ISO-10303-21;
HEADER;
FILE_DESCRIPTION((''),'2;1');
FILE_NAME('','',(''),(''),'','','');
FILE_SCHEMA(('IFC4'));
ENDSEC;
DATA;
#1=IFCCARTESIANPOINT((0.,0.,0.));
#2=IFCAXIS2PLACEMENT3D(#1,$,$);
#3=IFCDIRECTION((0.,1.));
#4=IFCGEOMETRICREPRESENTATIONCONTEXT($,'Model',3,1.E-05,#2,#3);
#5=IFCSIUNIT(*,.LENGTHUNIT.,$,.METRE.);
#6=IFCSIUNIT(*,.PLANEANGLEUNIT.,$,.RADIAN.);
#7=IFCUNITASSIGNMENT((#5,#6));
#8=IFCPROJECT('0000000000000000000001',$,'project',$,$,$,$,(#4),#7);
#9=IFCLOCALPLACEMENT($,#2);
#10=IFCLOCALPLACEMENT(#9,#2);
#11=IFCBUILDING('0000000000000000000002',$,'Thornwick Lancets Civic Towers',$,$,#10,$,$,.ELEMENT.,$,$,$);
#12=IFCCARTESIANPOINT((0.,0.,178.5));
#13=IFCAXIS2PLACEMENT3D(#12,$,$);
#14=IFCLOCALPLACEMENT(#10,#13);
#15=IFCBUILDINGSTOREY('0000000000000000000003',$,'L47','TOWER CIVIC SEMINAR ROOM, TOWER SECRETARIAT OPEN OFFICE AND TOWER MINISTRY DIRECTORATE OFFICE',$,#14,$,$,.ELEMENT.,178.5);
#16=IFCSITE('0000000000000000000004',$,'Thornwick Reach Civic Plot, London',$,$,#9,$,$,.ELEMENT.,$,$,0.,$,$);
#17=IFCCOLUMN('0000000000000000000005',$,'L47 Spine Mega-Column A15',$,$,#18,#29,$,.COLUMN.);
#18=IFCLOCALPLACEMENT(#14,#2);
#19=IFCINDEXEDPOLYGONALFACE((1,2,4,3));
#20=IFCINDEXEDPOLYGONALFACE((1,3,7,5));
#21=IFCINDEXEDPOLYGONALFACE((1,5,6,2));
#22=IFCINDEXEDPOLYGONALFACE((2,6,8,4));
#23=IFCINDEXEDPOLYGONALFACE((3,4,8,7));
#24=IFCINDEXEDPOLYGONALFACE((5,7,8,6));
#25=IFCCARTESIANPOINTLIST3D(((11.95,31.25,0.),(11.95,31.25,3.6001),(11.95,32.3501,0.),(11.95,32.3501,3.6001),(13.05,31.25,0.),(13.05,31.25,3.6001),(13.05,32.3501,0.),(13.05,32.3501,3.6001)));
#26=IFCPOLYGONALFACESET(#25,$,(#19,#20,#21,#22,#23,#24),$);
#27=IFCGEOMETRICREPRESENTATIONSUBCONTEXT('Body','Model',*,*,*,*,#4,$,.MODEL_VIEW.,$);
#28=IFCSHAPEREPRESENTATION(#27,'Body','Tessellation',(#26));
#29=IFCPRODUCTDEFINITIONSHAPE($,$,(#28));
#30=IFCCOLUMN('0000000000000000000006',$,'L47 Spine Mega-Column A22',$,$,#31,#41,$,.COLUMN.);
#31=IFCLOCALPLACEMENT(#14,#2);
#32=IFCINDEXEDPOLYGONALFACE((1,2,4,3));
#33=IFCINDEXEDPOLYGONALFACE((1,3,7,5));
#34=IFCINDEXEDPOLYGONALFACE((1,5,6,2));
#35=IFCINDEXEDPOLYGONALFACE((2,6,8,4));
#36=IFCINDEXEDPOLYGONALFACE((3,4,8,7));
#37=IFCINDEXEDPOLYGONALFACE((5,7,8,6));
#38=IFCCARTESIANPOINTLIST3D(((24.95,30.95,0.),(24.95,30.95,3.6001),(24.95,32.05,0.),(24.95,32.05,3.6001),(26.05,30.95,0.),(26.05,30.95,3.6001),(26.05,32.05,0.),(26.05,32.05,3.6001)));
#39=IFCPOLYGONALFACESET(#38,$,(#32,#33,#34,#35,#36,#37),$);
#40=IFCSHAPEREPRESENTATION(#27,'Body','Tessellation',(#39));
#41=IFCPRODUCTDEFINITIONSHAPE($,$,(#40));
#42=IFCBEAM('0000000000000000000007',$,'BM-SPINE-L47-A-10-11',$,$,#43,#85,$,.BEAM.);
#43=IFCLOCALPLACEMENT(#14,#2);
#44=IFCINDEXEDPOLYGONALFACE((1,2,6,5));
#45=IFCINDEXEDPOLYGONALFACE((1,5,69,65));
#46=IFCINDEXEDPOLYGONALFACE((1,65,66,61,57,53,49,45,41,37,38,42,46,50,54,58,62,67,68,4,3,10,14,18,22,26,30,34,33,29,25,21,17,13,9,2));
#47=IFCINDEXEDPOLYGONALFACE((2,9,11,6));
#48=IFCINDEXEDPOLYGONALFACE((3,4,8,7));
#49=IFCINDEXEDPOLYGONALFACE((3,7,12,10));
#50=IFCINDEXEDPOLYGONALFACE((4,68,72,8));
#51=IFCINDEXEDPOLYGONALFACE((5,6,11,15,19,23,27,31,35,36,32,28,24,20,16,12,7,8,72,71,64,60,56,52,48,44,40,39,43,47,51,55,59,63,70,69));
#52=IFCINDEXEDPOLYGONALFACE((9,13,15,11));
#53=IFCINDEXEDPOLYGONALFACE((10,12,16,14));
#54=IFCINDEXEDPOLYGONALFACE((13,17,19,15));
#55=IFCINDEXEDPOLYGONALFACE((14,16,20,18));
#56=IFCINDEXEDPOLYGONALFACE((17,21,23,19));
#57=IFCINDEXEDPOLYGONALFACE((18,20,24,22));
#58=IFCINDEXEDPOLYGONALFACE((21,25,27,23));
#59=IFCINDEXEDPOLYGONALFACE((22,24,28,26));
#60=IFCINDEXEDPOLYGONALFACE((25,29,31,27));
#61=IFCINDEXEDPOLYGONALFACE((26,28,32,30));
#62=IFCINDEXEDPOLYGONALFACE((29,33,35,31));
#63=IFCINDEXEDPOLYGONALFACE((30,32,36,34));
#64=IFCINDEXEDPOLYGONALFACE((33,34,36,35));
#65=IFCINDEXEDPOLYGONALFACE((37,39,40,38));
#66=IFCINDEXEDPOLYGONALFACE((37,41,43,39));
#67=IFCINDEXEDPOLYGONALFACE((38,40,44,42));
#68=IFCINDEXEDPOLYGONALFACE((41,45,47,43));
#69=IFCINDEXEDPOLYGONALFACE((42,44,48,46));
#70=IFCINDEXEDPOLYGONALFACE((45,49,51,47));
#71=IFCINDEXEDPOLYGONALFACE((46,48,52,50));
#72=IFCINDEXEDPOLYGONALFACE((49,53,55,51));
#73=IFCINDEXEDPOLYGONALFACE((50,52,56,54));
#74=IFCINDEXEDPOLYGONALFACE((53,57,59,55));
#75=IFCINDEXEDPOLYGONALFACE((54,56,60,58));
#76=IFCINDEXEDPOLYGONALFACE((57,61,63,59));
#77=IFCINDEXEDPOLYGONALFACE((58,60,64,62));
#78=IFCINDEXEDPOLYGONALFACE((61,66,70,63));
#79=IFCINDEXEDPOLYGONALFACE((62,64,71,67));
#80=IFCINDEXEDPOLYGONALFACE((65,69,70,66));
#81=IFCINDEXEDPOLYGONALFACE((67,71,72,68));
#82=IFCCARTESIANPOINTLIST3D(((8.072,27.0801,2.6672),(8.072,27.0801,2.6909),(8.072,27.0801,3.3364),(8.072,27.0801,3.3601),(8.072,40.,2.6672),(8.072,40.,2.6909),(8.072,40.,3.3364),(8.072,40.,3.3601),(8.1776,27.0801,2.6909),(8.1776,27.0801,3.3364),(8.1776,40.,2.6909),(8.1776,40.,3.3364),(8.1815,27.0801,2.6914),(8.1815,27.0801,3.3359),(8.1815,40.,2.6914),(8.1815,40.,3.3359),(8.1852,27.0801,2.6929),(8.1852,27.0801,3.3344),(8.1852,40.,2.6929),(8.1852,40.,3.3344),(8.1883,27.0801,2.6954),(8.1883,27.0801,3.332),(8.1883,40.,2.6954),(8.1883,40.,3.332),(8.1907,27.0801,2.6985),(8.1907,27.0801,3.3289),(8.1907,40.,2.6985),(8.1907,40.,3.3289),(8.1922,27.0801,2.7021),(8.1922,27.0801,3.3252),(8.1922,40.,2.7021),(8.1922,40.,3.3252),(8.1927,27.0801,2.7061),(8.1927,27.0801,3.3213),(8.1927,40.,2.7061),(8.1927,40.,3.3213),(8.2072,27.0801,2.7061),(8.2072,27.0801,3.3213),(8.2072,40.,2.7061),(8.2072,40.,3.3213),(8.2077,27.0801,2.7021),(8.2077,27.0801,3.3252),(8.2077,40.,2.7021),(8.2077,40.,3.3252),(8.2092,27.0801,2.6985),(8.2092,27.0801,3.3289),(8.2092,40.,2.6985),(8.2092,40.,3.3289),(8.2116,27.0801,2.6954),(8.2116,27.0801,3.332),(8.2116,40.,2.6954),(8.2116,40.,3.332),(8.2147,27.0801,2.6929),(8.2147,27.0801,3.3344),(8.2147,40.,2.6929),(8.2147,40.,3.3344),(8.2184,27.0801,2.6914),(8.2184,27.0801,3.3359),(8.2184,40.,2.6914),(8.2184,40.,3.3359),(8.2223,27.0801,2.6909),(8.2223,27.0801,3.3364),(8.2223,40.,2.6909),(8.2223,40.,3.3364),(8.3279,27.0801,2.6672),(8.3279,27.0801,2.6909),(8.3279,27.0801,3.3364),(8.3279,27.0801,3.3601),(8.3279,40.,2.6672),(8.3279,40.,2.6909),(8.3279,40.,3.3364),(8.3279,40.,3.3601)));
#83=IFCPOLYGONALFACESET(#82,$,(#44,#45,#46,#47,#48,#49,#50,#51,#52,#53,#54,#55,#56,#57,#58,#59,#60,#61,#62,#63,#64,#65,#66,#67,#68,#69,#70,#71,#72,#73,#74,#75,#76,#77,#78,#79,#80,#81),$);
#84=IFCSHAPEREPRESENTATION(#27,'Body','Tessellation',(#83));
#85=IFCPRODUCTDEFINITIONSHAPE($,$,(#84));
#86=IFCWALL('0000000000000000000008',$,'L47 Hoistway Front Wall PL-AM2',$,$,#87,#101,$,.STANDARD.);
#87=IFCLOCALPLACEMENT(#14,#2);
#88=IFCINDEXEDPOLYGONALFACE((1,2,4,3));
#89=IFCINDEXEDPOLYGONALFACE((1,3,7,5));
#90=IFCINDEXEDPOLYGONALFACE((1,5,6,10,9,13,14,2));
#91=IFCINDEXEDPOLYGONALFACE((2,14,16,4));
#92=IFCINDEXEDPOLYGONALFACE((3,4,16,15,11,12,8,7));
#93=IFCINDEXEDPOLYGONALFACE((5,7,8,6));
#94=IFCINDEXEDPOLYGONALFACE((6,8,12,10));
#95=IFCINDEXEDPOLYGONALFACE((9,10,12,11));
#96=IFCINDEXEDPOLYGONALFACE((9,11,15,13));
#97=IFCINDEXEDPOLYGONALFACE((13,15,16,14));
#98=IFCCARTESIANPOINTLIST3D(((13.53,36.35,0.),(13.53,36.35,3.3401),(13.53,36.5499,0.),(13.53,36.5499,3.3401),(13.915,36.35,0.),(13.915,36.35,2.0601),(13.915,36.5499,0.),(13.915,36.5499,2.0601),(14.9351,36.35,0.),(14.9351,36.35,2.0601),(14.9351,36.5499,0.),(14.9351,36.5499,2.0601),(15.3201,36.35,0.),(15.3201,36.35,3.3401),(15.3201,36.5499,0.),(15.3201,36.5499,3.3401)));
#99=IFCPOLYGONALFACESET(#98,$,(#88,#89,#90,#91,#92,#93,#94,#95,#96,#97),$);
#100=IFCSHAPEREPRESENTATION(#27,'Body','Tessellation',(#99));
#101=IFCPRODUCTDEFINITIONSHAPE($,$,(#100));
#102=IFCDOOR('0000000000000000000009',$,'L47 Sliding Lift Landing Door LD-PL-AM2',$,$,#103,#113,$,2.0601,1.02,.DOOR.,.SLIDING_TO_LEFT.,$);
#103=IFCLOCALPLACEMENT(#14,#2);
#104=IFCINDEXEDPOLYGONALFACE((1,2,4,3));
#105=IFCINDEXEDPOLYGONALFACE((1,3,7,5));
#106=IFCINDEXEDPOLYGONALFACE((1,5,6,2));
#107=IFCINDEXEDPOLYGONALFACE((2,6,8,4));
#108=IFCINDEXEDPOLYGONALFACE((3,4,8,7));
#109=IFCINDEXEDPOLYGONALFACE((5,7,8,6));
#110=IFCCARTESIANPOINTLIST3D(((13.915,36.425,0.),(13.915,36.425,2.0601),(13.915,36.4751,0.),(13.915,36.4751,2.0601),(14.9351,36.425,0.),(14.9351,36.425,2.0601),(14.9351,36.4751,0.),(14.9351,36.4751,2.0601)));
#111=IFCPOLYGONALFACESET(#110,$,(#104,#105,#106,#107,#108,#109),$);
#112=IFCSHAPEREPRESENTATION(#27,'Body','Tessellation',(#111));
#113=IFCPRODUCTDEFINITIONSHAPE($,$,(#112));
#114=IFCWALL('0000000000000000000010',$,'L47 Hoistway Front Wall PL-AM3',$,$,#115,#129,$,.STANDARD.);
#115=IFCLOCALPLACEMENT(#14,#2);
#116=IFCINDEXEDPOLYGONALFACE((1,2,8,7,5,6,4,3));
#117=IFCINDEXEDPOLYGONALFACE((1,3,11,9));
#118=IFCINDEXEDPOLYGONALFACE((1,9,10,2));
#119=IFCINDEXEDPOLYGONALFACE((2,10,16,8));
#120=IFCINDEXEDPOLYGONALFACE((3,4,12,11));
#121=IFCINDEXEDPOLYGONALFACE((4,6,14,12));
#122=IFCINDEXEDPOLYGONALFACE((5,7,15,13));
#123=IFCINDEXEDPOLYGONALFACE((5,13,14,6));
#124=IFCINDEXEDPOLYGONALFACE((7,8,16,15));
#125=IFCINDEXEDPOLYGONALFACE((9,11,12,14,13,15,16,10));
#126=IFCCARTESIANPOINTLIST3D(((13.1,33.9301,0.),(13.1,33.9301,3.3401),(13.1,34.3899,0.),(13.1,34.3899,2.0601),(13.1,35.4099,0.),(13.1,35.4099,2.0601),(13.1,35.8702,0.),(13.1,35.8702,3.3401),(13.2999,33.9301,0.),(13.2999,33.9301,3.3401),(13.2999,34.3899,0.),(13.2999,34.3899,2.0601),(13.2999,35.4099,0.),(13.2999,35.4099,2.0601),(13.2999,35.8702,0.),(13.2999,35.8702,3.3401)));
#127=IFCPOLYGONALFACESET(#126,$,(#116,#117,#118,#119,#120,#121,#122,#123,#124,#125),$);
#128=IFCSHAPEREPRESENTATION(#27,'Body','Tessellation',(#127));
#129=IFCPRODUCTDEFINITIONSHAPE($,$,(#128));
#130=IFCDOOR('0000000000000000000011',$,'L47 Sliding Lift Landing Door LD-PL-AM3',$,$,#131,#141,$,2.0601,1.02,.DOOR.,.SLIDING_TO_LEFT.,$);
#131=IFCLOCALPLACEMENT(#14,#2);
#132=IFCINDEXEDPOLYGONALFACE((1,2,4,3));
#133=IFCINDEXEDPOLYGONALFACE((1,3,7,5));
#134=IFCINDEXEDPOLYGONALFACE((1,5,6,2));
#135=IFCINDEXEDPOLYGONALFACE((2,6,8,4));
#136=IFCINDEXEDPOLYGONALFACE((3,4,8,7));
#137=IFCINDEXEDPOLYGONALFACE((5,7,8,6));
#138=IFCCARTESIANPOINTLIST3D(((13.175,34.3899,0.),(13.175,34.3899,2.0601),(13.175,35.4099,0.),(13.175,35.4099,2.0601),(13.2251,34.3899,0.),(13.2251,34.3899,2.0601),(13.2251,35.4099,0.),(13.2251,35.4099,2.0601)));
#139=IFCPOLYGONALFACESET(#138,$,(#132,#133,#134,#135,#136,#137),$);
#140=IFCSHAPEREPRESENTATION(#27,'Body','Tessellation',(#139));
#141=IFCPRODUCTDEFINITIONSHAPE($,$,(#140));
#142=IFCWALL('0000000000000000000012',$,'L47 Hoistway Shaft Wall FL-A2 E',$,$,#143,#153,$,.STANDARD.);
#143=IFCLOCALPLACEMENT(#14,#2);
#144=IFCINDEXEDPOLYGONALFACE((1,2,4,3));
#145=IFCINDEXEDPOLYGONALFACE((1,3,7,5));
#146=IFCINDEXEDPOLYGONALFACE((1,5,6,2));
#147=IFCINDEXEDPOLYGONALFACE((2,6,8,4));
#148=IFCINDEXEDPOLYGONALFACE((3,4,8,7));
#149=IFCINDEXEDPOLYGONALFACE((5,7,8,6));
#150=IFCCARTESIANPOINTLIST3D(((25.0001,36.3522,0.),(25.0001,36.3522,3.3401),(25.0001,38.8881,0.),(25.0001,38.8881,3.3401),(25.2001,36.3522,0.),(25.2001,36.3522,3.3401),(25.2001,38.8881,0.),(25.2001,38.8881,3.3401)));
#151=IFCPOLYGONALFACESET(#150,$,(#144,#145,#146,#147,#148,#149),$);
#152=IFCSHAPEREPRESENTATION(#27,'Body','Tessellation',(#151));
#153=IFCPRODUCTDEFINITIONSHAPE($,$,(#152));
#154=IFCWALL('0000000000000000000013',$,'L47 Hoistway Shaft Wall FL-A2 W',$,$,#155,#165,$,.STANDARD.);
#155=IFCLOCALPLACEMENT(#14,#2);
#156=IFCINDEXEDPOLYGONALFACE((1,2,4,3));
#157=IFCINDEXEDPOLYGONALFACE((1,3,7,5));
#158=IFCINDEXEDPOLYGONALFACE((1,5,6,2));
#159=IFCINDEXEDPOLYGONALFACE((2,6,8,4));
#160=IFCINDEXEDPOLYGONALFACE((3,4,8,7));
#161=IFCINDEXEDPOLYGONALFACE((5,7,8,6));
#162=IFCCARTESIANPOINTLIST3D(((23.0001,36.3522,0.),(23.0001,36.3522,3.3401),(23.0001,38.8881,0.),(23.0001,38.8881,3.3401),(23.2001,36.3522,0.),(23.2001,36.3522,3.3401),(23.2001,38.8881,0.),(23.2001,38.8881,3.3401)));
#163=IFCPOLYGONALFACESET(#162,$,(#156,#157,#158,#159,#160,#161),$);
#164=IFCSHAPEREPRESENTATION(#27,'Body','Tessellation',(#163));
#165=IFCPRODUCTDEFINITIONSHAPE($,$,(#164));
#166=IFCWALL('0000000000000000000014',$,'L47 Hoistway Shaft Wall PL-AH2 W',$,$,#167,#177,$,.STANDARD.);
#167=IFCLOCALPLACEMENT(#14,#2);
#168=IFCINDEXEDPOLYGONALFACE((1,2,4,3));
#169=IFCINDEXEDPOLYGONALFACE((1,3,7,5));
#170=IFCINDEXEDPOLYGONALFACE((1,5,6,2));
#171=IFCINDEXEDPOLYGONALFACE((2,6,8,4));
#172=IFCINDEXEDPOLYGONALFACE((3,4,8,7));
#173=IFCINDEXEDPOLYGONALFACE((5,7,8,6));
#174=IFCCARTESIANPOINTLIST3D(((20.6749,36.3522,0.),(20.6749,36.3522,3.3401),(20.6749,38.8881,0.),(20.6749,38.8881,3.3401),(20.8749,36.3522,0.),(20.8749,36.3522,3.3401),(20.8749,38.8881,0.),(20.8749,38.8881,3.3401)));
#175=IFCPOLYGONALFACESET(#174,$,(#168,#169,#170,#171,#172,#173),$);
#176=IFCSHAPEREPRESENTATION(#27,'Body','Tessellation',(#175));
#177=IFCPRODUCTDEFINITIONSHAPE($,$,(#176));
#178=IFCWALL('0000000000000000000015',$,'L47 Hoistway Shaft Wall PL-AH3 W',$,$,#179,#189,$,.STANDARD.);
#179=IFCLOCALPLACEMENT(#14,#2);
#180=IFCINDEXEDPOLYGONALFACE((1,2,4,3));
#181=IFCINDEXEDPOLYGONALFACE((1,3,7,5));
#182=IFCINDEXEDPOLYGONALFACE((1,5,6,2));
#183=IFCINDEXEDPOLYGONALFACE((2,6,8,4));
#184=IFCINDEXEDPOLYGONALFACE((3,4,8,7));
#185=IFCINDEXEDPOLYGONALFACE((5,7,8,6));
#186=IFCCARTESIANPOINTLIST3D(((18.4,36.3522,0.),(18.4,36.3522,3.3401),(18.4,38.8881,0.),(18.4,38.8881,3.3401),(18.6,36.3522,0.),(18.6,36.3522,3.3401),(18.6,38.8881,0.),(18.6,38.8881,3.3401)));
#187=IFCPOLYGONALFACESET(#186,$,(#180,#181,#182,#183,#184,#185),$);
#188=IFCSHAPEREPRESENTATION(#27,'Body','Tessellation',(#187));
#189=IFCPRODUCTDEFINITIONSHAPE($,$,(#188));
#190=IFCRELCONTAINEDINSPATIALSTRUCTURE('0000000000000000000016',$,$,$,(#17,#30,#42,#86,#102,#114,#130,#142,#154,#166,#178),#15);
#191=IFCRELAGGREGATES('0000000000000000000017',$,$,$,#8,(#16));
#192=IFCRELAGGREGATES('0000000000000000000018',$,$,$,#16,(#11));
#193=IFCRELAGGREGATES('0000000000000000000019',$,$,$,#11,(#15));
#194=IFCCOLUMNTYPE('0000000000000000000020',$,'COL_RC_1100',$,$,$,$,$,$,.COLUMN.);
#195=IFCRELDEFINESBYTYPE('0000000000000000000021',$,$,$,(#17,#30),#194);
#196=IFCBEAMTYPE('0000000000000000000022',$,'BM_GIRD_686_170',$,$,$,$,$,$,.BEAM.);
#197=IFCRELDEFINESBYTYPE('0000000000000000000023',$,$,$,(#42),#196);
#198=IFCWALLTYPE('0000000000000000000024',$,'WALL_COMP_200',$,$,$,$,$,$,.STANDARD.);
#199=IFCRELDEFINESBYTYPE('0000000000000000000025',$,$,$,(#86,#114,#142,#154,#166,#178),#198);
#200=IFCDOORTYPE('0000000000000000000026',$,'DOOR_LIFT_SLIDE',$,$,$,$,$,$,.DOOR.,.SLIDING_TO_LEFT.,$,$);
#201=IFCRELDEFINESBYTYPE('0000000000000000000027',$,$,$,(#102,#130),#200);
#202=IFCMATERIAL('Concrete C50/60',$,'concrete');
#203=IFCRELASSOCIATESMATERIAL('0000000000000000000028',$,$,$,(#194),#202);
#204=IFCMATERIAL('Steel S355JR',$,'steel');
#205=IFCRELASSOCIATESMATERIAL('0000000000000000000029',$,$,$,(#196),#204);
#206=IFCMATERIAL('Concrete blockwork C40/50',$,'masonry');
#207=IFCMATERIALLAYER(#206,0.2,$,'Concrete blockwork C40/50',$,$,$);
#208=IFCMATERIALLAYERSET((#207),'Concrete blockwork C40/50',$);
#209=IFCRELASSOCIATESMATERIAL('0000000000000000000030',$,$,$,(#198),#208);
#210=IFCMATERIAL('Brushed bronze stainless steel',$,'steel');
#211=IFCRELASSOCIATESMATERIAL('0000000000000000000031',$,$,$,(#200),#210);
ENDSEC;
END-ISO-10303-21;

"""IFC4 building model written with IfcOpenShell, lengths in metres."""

from ifc_helpers import new_model, si_unit, direction, frame, frame_2d, origin, origin_2d, place, context, subcontext, project, spatial, rectangle, i_section, extrude, material, layer, layer_set, material_profile, profile_set, type_object, element, fill, save


model = new_model("IFC4")

# Units and contexts
model_context = context("Model", 3, precision=1e-05, world=origin(), true_north=direction((0.0, 1.0)))
body_context = subcontext(model_context, "Body", "Model", "MODEL_VIEW")
ifc_project = project(units=[si_unit("LENGTHUNIT", "METRE"), si_unit("PLANEANGLEUNIT", "RADIAN")], contexts=[model_context])

# Site, building, storey
site_placement = place(None, origin())
site = spatial("IfcSite", under=ifc_project, at=site_placement, Name="Thornwick Reach Civic Plot, London", CompositionType="ELEMENT", RefElevation=0.0)
building_placement = place(site_placement, origin())
building = spatial("IfcBuilding", under=site, at=building_placement, Name="Thornwick Lancets Civic Towers", CompositionType="ELEMENT")
storey_placement = place(building_placement, frame((0.0, 0.0, 178.5)))
storey = spatial("IfcBuildingStorey", under=building, at=storey_placement, Name="L47", Description="TOWER CIVIC SEMINAR ROOM, TOWER SECRETARIAT OPEN OFFICE AND TOWER MINISTRY DIRECTORATE OFFICE", CompositionType="ELEMENT", Elevation=178.5)

# Columns
ifc_material_1 = material(Name="Concrete C50/60", Category="concrete")
ifc_material_profile_1 = material_profile(ifc_material_1, rectangle(XDim=1.1001, YDim=1.1001, at=origin_2d()), Name="RC 1100x1100")
ifc_profile_set_1 = profile_set([ifc_material_profile_1], Name="Concrete C50/60")
column_type = type_object("IfcColumnType", Name="COL_RC_1100", PredefinedType="COLUMN", material=ifc_profile_set_1)
for number, where, z_axis, x_axis, name in (
    (1, (12.5, 31.8, 0.0), (0.0, 0.0, 1.0), (1.0, 0.0, 0.0), "L47 Spine Mega-Column A15"),
    (2, (25.5, 31.5, 0.0), (0.0, 0.0, 1.0), (1.0, 0.0, 0.0), "L47 Spine Mega-Column A22"),
):
    element("IfcColumn", number, at=place(storey_placement, frame(where, z_axis=z_axis, x_axis=x_axis)), inside=storey, type_object=column_type, Name=name, PredefinedType="COLUMN", context=body_context, shape_type="SweptSolid", body=[
        extrude(rectangle(XDim=1.1001, YDim=1.1001, at=origin_2d()), origin(), (0.0, 0.0, 1.0), 3.6001),
    ])

# Beam
ifc_material_2 = material(Name="Steel S355JR", Category="steel")
ifc_material_profile_2 = material_profile(ifc_material_2, i_section(OverallWidth=0.2559, OverallDepth=0.6929, WebThickness=0.0144, FlangeThickness=0.0237, FilletRadius=0.0151, at=origin_2d()), Name="UKB 686x254x170")
ifc_profile_set_2 = profile_set([ifc_material_profile_2], Name="Steel S355JR")
beam_type = type_object("IfcBeamType", Name="BM_GIRD_686_170", PredefinedType="BEAM", material=ifc_profile_set_2)
beam_placement = place(storey_placement, frame((8.2, 27.0801, 3.0137), z_axis=(0.0, 1.0, 0.0), x_axis=(-1.0, 0.0, 0.0)))
element("IfcBeam", 3, at=beam_placement, inside=storey, type_object=beam_type, Name="BM-SPINE-L47-A-10-11", PredefinedType="BEAM", context=body_context, shape_type="SweptSolid", body=[
    extrude(i_section(OverallWidth=0.2559, OverallDepth=0.6929, WebThickness=0.0144, FlangeThickness=0.0237, FilletRadius=0.0151, at=origin_2d()), origin(), (0.0, 0.0, 1.0), 12.9199),
])

# Walls, openings, doors
ifc_material_3 = material(Name="Concrete blockwork C40/50", Category="masonry")
ifc_layer_1 = layer(ifc_material_3, 0.2, Name="Concrete blockwork C40/50")
ifc_layer_set_1 = layer_set([ifc_layer_1], Name="Concrete blockwork C40/50")
wall_type_1 = type_object("IfcWallType", Name="WALL_COMP_200", PredefinedType="STANDARD", material=ifc_layer_set_1)
wall_1_placement = place(storey_placement, frame((15.3201, 36.45, 0.0), z_axis=(0.0, 0.0, 1.0), x_axis=(-1.0, 0.0, 0.0)))
wall_1 = element("IfcWall", 4, at=wall_1_placement, inside=storey, type_object=wall_type_1, Name="L47 Hoistway Front Wall PL-AM2", PredefinedType="STANDARD", context=body_context, shape_type="SweptSolid", body=[
    extrude(rectangle(XDim=1.79, YDim=0.2, at=frame_2d((0.895, 0.0))), origin(), (0.0, 0.0, 1.0), 3.3401),
])
opening_1_placement = place(wall_1_placement, frame((0.385, 0.0, 0.0)))
opening_1 = element("IfcOpeningElement", 5, at=opening_1_placement, cuts=wall_1, PredefinedType="OPENING", context=body_context, shape_type="SweptSolid", body=[
    extrude(rectangle(XDim=1.02, YDim=2.0601, at=frame_2d((0.51, 1.03))), frame((0.0, 0.1099, 0.0), z_axis=(0.0, -1.0, 0.0), x_axis=(1.0, 0.0, 0.0)), (0.0, 0.0, 1.0), 0.22),
])
ifc_material_4 = material(Name="Brushed bronze stainless steel", Category="steel")
door_type_1 = type_object("IfcDoorType", Name="DOOR_LIFT_SLIDE", OperationType="SLIDING_TO_LEFT", PredefinedType="DOOR", material=ifc_material_4)
door_1_placement = place(opening_1_placement, origin())
door_1 = element("IfcDoor", 6, at=door_1_placement, inside=storey, type_object=door_type_1, Name="L47 Sliding Lift Landing Door LD-PL-AM2", OperationType="SLIDING_TO_LEFT", OverallHeight=2.0601, OverallWidth=1.02, PredefinedType="DOOR", context=body_context, shape_type="SweptSolid", body=[
    extrude(rectangle(XDim=1.02, YDim=2.0601, at=frame_2d((0.51, 1.03))), frame((0.0, 0.0249, 0.0), z_axis=(0.0, -1.0, 0.0), x_axis=(1.0, 0.0, 0.0)), (0.0, 0.0, 1.0), 0.05),
])
fill(opening_1, door_1)
wall_2_placement = place(storey_placement, frame((13.2, 33.9299, 0.0), z_axis=(0.0, 0.0, 1.0), x_axis=(0.0, 1.0, 0.0)))
wall_2 = element("IfcWall", 7, at=wall_2_placement, inside=storey, type_object=wall_type_1, Name="L47 Hoistway Front Wall PL-AM3", PredefinedType="STANDARD", context=body_context, shape_type="SweptSolid", body=[
    extrude(rectangle(XDim=1.9402, YDim=0.2, at=frame_2d((0.9702, 0.0))), origin(), (0.0, 0.0, 1.0), 3.3401),
])
opening_2_placement = place(wall_2_placement, frame((0.46, 0.0, 0.0)))
opening_2 = element("IfcOpeningElement", 8, at=opening_2_placement, cuts=wall_2, PredefinedType="OPENING", context=body_context, shape_type="SweptSolid", body=[
    extrude(rectangle(XDim=1.02, YDim=2.0601, at=frame_2d((0.51, 1.03))), frame((0.0, 0.1099, 0.0), z_axis=(0.0, -1.0, 0.0), x_axis=(1.0, 0.0, 0.0)), (0.0, 0.0, 1.0), 0.22),
])
door_2_placement = place(opening_2_placement, origin())
door_2 = element("IfcDoor", 9, at=door_2_placement, inside=storey, type_object=door_type_1, Name="L47 Sliding Lift Landing Door LD-PL-AM3", OperationType="SLIDING_TO_LEFT", OverallHeight=2.0601, OverallWidth=1.02, PredefinedType="DOOR", context=body_context, shape_type="SweptSolid", body=[
    extrude(rectangle(XDim=1.02, YDim=2.0601, at=frame_2d((0.51, 1.03))), frame((0.0, 0.0249, 0.0), z_axis=(0.0, -1.0, 0.0), x_axis=(1.0, 0.0, 0.0)), (0.0, 0.0, 1.0), 0.05),
])
fill(opening_2, door_2)

# Walls
for number, where, z_axis, x_axis, name in (
    (10, (25.1001, 36.3521, 0.0), (0.0, 0.0, 1.0), (0.0, 1.0, 0.0), "L47 Hoistway Shaft Wall FL-A2 E"),
    (11, (23.1001, 36.3521, 0.0), (0.0, 0.0, 1.0), (0.0, 1.0, 0.0), "L47 Hoistway Shaft Wall FL-A2 W"),
    (12, (20.7749, 36.3521, 0.0), (0.0, 0.0, 1.0), (0.0, 1.0, 0.0), "L47 Hoistway Shaft Wall PL-AH2 W"),
    (13, (18.5, 36.3521, 0.0), (0.0, 0.0, 1.0), (0.0, 1.0, 0.0), "L47 Hoistway Shaft Wall PL-AH3 W"),
):
    element("IfcWall", number, at=place(storey_placement, frame(where, z_axis=z_axis, x_axis=x_axis)), inside=storey, type_object=wall_type_1, Name=name, PredefinedType="STANDARD", context=body_context, shape_type="SweptSolid", body=[
        extrude(rectangle(XDim=2.5359, YDim=0.2, at=frame_2d((1.2681, 0.0))), origin(), (0.0, 0.0, 1.0), 3.3401),
    ])

save(model, "model.ifc")
